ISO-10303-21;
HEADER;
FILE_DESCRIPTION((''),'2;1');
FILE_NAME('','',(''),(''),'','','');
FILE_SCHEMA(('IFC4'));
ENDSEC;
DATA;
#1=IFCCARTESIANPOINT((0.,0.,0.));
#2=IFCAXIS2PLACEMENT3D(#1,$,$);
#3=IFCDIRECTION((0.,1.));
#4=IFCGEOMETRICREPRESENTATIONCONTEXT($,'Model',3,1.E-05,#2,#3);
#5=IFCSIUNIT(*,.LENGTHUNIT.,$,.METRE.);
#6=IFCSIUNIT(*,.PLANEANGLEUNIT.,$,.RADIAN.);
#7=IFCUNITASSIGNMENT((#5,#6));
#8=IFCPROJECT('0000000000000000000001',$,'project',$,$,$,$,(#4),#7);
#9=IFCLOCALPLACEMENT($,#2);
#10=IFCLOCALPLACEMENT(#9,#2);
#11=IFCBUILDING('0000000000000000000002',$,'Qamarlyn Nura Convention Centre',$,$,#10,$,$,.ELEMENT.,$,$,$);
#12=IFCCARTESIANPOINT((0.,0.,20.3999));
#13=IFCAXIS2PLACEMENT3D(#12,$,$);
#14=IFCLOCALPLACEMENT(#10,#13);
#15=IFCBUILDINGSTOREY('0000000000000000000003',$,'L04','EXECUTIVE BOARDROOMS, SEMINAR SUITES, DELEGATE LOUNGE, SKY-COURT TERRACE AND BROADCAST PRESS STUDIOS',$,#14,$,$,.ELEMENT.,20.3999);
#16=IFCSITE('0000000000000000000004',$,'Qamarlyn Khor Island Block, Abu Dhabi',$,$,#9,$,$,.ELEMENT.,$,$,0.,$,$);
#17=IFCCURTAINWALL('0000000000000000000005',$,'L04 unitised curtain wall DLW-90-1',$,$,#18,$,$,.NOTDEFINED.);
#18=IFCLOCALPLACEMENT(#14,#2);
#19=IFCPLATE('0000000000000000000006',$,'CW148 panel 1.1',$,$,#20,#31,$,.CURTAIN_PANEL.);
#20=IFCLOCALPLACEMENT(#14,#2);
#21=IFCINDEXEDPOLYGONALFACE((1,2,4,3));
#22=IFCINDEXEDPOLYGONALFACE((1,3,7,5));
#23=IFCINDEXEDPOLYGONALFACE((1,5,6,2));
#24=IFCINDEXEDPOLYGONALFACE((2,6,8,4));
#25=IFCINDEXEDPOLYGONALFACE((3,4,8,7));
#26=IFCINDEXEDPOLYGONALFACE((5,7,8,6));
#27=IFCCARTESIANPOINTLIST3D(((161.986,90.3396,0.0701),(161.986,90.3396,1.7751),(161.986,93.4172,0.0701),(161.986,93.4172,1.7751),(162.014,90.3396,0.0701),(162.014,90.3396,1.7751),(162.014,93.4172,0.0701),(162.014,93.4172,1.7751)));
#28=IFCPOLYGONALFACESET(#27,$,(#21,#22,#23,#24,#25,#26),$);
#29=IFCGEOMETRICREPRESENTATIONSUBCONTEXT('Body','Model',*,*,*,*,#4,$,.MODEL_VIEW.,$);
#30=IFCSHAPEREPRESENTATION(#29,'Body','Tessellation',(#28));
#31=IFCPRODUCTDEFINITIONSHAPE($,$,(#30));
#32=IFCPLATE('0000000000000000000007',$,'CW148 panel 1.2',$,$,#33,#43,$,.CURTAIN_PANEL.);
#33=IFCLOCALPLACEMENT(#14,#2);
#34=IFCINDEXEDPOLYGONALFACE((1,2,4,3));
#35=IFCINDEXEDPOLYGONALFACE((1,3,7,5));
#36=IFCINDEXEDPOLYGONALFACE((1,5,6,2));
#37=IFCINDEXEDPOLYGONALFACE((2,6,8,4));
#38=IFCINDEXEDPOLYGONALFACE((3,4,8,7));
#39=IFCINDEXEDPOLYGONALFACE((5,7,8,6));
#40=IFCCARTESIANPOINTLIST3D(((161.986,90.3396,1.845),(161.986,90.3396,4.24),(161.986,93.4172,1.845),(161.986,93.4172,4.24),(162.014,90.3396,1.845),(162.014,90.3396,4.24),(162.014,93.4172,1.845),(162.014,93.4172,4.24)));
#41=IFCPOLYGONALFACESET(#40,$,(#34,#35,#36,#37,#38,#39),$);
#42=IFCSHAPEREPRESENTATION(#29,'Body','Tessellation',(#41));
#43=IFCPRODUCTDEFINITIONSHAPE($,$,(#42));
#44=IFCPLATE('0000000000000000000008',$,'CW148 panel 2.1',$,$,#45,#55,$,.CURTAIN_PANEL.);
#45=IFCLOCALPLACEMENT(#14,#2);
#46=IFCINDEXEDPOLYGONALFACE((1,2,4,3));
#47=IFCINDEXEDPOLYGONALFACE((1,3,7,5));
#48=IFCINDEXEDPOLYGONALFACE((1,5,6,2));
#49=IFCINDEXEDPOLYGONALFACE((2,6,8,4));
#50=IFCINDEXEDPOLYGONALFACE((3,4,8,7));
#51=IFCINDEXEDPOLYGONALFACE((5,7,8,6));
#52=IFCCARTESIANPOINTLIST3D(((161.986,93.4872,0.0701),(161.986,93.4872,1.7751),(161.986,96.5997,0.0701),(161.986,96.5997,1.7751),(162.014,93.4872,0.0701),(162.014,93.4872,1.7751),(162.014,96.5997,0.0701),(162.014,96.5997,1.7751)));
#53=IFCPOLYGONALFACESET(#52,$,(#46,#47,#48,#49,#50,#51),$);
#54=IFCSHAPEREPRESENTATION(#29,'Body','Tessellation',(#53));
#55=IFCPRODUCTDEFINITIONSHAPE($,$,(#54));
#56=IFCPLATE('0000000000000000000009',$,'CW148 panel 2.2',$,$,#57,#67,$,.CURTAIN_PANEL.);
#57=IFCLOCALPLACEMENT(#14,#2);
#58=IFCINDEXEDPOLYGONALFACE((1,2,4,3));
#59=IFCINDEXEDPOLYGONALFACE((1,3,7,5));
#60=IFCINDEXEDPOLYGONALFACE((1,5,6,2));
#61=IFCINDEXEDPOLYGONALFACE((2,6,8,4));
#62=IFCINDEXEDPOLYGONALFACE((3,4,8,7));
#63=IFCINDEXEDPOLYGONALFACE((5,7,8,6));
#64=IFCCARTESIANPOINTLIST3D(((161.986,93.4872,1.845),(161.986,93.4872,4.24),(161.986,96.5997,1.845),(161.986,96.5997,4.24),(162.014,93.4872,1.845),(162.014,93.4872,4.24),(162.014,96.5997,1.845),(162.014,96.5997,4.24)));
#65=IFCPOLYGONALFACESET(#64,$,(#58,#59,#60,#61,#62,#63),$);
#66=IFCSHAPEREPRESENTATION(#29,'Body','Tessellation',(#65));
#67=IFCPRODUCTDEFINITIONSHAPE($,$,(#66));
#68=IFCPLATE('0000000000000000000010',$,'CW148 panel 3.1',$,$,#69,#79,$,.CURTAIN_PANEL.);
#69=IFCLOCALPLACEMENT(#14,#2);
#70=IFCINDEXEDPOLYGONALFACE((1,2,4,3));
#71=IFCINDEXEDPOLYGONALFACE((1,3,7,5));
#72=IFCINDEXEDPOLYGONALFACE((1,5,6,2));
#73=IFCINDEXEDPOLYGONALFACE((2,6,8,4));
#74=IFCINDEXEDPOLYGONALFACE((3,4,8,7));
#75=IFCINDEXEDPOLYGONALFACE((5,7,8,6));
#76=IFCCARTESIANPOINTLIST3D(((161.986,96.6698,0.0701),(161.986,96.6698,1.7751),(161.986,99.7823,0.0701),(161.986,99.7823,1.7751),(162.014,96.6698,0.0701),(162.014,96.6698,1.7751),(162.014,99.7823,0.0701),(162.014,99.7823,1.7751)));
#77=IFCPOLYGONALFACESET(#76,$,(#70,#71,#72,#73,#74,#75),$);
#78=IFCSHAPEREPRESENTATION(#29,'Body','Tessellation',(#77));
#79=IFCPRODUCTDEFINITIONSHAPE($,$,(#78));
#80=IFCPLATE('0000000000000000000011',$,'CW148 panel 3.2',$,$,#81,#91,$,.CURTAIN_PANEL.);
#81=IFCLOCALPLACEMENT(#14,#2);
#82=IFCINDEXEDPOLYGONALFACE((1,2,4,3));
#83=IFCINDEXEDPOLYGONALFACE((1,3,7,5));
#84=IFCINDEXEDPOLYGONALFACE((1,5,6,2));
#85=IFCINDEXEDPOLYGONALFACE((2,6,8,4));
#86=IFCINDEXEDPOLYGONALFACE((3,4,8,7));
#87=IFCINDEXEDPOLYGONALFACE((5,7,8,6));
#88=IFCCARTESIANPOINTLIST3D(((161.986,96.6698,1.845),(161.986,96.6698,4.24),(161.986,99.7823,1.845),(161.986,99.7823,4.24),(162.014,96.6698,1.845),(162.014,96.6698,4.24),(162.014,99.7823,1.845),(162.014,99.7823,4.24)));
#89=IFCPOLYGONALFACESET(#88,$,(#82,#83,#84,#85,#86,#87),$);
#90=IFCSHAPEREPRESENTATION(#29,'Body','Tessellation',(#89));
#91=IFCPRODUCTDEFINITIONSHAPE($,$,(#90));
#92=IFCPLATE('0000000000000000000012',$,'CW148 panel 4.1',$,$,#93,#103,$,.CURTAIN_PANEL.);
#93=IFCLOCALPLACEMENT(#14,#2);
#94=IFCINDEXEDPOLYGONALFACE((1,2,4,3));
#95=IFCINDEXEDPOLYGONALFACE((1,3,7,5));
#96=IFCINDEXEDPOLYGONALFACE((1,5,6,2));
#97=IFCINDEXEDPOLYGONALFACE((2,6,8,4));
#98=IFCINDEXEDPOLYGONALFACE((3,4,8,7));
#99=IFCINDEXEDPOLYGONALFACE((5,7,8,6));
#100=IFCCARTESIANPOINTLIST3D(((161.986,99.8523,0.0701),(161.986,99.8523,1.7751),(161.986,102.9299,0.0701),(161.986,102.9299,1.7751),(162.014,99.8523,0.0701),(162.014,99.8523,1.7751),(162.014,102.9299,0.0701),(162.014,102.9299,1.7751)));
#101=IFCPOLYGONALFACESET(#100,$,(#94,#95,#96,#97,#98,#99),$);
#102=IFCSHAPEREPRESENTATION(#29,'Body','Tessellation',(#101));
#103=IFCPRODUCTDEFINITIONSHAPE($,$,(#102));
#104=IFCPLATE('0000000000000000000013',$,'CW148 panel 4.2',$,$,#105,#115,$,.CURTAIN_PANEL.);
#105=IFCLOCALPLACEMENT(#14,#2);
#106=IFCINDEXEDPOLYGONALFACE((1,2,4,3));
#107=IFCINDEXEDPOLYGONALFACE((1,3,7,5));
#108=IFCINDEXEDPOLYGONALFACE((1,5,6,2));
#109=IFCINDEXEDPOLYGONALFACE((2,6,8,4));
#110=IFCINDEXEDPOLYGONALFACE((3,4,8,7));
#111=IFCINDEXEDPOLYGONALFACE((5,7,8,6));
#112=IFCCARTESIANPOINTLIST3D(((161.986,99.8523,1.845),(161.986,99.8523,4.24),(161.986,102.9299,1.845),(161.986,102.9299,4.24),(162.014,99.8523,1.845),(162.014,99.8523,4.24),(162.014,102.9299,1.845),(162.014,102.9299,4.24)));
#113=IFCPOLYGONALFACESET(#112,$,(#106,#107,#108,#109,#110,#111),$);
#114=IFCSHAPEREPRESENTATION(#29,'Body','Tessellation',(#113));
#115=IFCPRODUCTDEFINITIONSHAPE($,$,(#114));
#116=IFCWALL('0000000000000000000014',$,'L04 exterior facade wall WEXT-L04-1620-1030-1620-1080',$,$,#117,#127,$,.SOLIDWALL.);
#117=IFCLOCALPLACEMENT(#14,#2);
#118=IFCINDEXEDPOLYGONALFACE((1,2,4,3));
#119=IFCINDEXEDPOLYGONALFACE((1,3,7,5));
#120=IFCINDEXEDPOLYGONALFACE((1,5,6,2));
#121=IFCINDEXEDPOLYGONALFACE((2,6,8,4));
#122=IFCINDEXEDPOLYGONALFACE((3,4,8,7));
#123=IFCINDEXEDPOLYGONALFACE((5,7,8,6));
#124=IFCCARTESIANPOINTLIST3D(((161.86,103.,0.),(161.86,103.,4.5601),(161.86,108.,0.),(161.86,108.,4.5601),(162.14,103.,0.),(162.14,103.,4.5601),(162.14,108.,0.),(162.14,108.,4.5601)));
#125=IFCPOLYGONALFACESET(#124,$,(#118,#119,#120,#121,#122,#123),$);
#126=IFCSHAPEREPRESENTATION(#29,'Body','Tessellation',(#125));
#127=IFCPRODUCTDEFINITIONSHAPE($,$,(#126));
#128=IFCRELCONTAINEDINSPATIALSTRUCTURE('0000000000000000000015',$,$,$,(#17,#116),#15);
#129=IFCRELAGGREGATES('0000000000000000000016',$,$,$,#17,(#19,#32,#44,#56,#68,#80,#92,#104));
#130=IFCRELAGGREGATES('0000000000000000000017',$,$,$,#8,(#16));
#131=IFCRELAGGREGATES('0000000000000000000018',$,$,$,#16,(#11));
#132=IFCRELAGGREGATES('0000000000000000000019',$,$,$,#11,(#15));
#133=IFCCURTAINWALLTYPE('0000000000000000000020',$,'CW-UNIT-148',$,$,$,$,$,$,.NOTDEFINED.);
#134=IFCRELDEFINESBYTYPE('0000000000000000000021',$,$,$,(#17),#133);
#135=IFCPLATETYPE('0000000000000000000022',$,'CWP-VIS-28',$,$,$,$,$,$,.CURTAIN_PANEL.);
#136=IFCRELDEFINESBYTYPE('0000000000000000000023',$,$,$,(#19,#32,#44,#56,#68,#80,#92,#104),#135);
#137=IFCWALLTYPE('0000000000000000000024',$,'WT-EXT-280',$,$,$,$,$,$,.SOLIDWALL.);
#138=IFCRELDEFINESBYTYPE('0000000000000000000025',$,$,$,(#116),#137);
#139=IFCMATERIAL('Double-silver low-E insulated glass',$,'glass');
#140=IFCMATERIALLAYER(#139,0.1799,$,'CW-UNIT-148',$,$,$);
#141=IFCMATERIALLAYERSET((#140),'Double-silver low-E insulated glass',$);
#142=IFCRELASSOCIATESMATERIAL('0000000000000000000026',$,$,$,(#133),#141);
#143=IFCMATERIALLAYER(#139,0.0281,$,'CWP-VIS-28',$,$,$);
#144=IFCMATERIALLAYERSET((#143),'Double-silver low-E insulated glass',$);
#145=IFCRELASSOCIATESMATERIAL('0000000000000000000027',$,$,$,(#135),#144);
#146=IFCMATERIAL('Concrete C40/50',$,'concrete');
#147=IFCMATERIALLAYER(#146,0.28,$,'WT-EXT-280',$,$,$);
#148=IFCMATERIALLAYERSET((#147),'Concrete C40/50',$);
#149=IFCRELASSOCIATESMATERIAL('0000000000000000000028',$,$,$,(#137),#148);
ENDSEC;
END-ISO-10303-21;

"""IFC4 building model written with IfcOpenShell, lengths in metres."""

from ifc_helpers import new_model, si_unit, direction, frame, frame_2d, origin, origin_2d, place, context, subcontext, project, spatial, rectangle, extrude, material, layer, layer_set, type_object, element, aggregate, save


model = new_model("IFC4")

# Units and contexts
model_context = context("Model", 3, precision=1e-05, world=origin(), true_north=direction((0.0, 1.0)))
body_context = subcontext(model_context, "Body", "Model", "MODEL_VIEW")
ifc_project = project(units=[si_unit("LENGTHUNIT", "METRE"), si_unit("PLANEANGLEUNIT", "RADIAN")], contexts=[model_context])

# Site, building, storey
site_placement = place(None, origin())
site = spatial("IfcSite", under=ifc_project, at=site_placement, Name="Qamarlyn Khor Island Block, Abu Dhabi", CompositionType="ELEMENT", RefElevation=0.0)
building_placement = place(site_placement, origin())
building = spatial("IfcBuilding", under=site, at=building_placement, Name="Qamarlyn Nura Convention Centre", CompositionType="ELEMENT")
storey_placement = place(building_placement, frame((0.0, 0.0, 20.3999)))
storey = spatial("IfcBuildingStorey", under=building, at=storey_placement, Name="L04", Description="EXECUTIVE BOARDROOMS, SEMINAR SUITES, DELEGATE LOUNGE, SKY-COURT TERRACE AND BROADCAST PRESS STUDIOS", CompositionType="ELEMENT", Elevation=20.3999)

# Shared definitions
ifc_material_1 = material(Name="Double-silver low-E insulated glass", Category="glass")

# Curtain wall, plates
ifc_layer_1 = layer(ifc_material_1, 0.1799, Name="CW-UNIT-148")
ifc_layer_set_1 = layer_set([ifc_layer_1], Name="Double-silver low-E insulated glass")
curtain_wall_type_1 = type_object("IfcCurtainWallType", Name="CW-UNIT-148", PredefinedType="NOTDEFINED", material=ifc_layer_set_1)
curtain_wall_1_placement = place(storey_placement, origin())
curtain_wall_1 = element("IfcCurtainWall", 1, at=curtain_wall_1_placement, inside=storey, type_object=curtain_wall_type_1, Name="L04 unitised curtain wall DLW-90-1", PredefinedType="NOTDEFINED")
ifc_layer_2 = layer(ifc_material_1, 0.0281, Name="CWP-VIS-28")
ifc_layer_set_2 = layer_set([ifc_layer_2], Name="Double-silver low-E insulated glass")
plate_type = type_object("IfcPlateType", Name="CWP-VIS-28", PredefinedType="CURTAIN_PANEL", material=ifc_layer_set_2)
plate_1_placement = place(storey_placement, frame((162.0, 91.8784, 0.0701), z_axis=(0.0, 0.0, 1.0), x_axis=(0.0, 1.0, 0.0)))
plate_1 = element("IfcPlate", 2, at=plate_1_placement, type_object=plate_type, Name="CW148 panel 1.1", PredefinedType="CURTAIN_PANEL", context=body_context, shape_type="SweptSolid", body=[
    extrude(rectangle(XDim=3.0776, YDim=0.0281, at=origin_2d()), origin(), (0.0, 0.0, 1.0), 1.7051),
])
plate_2_placement = place(storey_placement, frame((162.0, 91.8784, 1.845), z_axis=(0.0, 0.0, 1.0), x_axis=(0.0, 1.0, 0.0)))
plate_2 = element("IfcPlate", 3, at=plate_2_placement, type_object=plate_type, Name="CW148 panel 1.2", PredefinedType="CURTAIN_PANEL", context=body_context, shape_type="SweptSolid", body=[
    extrude(rectangle(XDim=3.0776, YDim=0.0281, at=origin_2d()), origin(), (0.0, 0.0, 1.0), 2.395),
])
plate_3_placement = place(storey_placement, frame((162.0, 95.0435, 0.0701), z_axis=(0.0, 0.0, 1.0), x_axis=(0.0, 1.0, 0.0)))
plate_3 = element("IfcPlate", 4, at=plate_3_placement, type_object=plate_type, Name="CW148 panel 2.1", PredefinedType="CURTAIN_PANEL", context=body_context, shape_type="SweptSolid", body=[
    extrude(rectangle(XDim=3.1125, YDim=0.0281, at=origin_2d()), origin(), (0.0, 0.0, 1.0), 1.7051),
])
plate_4_placement = place(storey_placement, frame((162.0, 95.0435, 1.845), z_axis=(0.0, 0.0, 1.0), x_axis=(0.0, 1.0, 0.0)))
plate_4 = element("IfcPlate", 5, at=plate_4_placement, type_object=plate_type, Name="CW148 panel 2.2", PredefinedType="CURTAIN_PANEL", context=body_context, shape_type="SweptSolid", body=[
    extrude(rectangle(XDim=3.1125, YDim=0.0281, at=origin_2d()), origin(), (0.0, 0.0, 1.0), 2.395),
])
plate_5_placement = place(storey_placement, frame((162.0, 98.2261, 0.0701), z_axis=(0.0, 0.0, 1.0), x_axis=(0.0, 1.0, 0.0)))
plate_5 = element("IfcPlate", 6, at=plate_5_placement, type_object=plate_type, Name="CW148 panel 3.1", PredefinedType="CURTAIN_PANEL", context=body_context, shape_type="SweptSolid", body=[
    extrude(rectangle(XDim=3.1125, YDim=0.0281, at=origin_2d()), origin(), (0.0, 0.0, 1.0), 1.7051),
])
plate_6_placement = place(storey_placement, frame((162.0, 98.2261, 1.845), z_axis=(0.0, 0.0, 1.0), x_axis=(0.0, 1.0, 0.0)))
plate_6 = element("IfcPlate", 7, at=plate_6_placement, type_object=plate_type, Name="CW148 panel 3.2", PredefinedType="CURTAIN_PANEL", context=body_context, shape_type="SweptSolid", body=[
    extrude(rectangle(XDim=3.1125, YDim=0.0281, at=origin_2d()), origin(), (0.0, 0.0, 1.0), 2.395),
])
plate_7_placement = place(storey_placement, frame((162.0, 101.3911, 0.0701), z_axis=(0.0, 0.0, 1.0), x_axis=(0.0, 1.0, 0.0)))
plate_7 = element("IfcPlate", 8, at=plate_7_placement, type_object=plate_type, Name="CW148 panel 4.1", PredefinedType="CURTAIN_PANEL", context=body_context, shape_type="SweptSolid", body=[
    extrude(rectangle(XDim=3.0776, YDim=0.0281, at=origin_2d()), origin(), (0.0, 0.0, 1.0), 1.7051),
])
plate_8_placement = place(storey_placement, frame((162.0, 101.3911, 1.845), z_axis=(0.0, 0.0, 1.0), x_axis=(0.0, 1.0, 0.0)))
plate_8 = element("IfcPlate", 9, at=plate_8_placement, type_object=plate_type, Name="CW148 panel 4.2", PredefinedType="CURTAIN_PANEL", context=body_context, shape_type="SweptSolid", body=[
    extrude(rectangle(XDim=3.0776, YDim=0.0281, at=origin_2d()), origin(), (0.0, 0.0, 1.0), 2.395),
])
aggregate(curtain_wall_1, [plate_1, plate_2, plate_3, plate_4, plate_5, plate_6, plate_7, plate_8])

# Wall
ifc_material_2 = material(Name="Concrete C40/50", Category="concrete")
ifc_layer_3 = layer(ifc_material_2, 0.28, Name="WT-EXT-280")
ifc_layer_set_3 = layer_set([ifc_layer_3], Name="Concrete C40/50")
wall_type = type_object("IfcWallType", Name="WT-EXT-280", PredefinedType="SOLIDWALL", material=ifc_layer_set_3)
wall_placement = place(storey_placement, frame((162.0, 103.0, 0.0), z_axis=(0.0, 0.0, 1.0), x_axis=(0.0, 1.0, 0.0)))
element("IfcWall", 10, at=wall_placement, inside=storey, type_object=wall_type, Name="L04 exterior facade wall WEXT-L04-1620-1030-1620-1080", PredefinedType="SOLIDWALL", context=body_context, shape_type="SweptSolid", body=[
    extrude(rectangle(XDim=5.0, YDim=0.28, at=frame_2d((2.5, 0.0))), origin(), (0.0, 0.0, 1.0), 4.5601),
])

save(model, "model.ifc")
